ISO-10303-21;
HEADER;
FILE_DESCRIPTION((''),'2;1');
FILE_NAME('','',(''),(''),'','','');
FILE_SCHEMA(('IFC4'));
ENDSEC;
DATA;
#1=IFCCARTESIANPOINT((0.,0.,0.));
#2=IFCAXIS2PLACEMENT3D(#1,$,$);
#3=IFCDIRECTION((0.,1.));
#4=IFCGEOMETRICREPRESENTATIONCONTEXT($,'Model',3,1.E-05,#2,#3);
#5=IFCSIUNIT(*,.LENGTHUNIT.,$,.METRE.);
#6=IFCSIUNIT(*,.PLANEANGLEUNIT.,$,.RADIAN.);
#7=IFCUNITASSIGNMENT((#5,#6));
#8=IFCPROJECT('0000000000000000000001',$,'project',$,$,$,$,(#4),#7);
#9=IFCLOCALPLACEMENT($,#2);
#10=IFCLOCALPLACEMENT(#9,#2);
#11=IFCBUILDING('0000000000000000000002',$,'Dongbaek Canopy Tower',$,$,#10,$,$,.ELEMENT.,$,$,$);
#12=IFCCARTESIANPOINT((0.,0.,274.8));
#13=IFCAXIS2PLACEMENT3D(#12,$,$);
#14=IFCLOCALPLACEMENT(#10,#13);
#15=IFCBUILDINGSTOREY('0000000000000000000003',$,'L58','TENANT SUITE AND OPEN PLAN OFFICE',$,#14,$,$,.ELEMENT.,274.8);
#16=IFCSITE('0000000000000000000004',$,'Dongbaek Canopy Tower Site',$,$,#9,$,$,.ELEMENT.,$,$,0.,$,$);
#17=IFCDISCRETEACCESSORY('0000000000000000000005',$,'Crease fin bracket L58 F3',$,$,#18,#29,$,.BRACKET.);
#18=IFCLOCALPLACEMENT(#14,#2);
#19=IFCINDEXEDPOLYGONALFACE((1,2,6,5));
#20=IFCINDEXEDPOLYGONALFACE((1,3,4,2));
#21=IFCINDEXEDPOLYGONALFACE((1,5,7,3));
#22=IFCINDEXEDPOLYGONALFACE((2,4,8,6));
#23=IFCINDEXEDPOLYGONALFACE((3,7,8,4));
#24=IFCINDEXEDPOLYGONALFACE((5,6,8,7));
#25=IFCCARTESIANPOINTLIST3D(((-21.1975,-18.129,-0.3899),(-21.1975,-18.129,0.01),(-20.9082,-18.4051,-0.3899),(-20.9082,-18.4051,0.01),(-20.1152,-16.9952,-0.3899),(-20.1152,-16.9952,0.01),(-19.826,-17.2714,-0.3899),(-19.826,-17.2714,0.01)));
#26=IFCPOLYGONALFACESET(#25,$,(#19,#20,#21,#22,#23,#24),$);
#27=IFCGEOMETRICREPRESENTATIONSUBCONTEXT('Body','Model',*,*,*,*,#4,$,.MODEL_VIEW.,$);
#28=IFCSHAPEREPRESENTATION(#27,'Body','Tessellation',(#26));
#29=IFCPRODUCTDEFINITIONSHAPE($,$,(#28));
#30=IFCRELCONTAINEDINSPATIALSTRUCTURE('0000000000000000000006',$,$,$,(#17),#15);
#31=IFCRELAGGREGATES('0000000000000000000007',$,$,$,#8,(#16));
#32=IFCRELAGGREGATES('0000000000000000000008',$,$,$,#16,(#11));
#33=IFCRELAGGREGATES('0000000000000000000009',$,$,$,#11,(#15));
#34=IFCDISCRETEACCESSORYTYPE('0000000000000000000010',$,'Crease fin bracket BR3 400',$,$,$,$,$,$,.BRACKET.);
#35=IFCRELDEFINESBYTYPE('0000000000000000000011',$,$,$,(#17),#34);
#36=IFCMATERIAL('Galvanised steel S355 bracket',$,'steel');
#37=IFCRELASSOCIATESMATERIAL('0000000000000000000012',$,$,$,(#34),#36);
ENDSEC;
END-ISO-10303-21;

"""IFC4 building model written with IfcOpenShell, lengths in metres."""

from ifc_helpers import new_model, si_unit, direction, frame, origin, origin_2d, place, context, subcontext, project, spatial, rectangle, extrude, material, type_object, element, save


model = new_model("IFC4")

# Units and contexts
model_context = context("Model", 3, precision=1e-05, world=origin(), true_north=direction((0.0, 1.0)))
body_context = subcontext(model_context, "Body", "Model", "MODEL_VIEW")
ifc_project = project(units=[si_unit("LENGTHUNIT", "METRE"), si_unit("PLANEANGLEUNIT", "RADIAN")], contexts=[model_context])

# Site, building, storey
site_placement = place(None, origin())
site = spatial("IfcSite", under=ifc_project, at=site_placement, Name="Dongbaek Canopy Tower Site", CompositionType="ELEMENT", RefElevation=0.0)
building_placement = place(site_placement, origin())
building = spatial("IfcBuilding", under=site, at=building_placement, Name="Dongbaek Canopy Tower", CompositionType="ELEMENT")
storey_placement = place(building_placement, frame((0.0, 0.0, 274.8)))
storey = spatial("IfcBuildingStorey", under=building, at=storey_placement, Name="L58", Description="TENANT SUITE AND OPEN PLAN OFFICE", CompositionType="ELEMENT", Elevation=274.8)

# Discrete accessory
ifc_material_1 = material(Name="Galvanised steel S355 bracket", Category="steel")
discrete_accessory_type = type_object("IfcDiscreteAccessoryType", Name="Crease fin bracket BR3 400", PredefinedType="BRACKET", material=ifc_material_1)
discrete_accessory_placement = place(storey_placement, frame((-20.5117, -17.7002, -0.3899), z_axis=(0.0, 0.0, 1.0), x_axis=(-0.690481, -0.72335, 0.0)))
element("IfcDiscreteAccessory", 1, at=discrete_accessory_placement, inside=storey, type_object=discrete_accessory_type, Name="Crease fin bracket L58 F3", PredefinedType="BRACKET", context=body_context, shape_type="SweptSolid", body=[
    extrude(rectangle(XDim=1.5674, YDim=0.3999, at=origin_2d()), origin(), (0.0, 0.0, 1.0), 0.3999),
])

save(model, "model.ifc")
